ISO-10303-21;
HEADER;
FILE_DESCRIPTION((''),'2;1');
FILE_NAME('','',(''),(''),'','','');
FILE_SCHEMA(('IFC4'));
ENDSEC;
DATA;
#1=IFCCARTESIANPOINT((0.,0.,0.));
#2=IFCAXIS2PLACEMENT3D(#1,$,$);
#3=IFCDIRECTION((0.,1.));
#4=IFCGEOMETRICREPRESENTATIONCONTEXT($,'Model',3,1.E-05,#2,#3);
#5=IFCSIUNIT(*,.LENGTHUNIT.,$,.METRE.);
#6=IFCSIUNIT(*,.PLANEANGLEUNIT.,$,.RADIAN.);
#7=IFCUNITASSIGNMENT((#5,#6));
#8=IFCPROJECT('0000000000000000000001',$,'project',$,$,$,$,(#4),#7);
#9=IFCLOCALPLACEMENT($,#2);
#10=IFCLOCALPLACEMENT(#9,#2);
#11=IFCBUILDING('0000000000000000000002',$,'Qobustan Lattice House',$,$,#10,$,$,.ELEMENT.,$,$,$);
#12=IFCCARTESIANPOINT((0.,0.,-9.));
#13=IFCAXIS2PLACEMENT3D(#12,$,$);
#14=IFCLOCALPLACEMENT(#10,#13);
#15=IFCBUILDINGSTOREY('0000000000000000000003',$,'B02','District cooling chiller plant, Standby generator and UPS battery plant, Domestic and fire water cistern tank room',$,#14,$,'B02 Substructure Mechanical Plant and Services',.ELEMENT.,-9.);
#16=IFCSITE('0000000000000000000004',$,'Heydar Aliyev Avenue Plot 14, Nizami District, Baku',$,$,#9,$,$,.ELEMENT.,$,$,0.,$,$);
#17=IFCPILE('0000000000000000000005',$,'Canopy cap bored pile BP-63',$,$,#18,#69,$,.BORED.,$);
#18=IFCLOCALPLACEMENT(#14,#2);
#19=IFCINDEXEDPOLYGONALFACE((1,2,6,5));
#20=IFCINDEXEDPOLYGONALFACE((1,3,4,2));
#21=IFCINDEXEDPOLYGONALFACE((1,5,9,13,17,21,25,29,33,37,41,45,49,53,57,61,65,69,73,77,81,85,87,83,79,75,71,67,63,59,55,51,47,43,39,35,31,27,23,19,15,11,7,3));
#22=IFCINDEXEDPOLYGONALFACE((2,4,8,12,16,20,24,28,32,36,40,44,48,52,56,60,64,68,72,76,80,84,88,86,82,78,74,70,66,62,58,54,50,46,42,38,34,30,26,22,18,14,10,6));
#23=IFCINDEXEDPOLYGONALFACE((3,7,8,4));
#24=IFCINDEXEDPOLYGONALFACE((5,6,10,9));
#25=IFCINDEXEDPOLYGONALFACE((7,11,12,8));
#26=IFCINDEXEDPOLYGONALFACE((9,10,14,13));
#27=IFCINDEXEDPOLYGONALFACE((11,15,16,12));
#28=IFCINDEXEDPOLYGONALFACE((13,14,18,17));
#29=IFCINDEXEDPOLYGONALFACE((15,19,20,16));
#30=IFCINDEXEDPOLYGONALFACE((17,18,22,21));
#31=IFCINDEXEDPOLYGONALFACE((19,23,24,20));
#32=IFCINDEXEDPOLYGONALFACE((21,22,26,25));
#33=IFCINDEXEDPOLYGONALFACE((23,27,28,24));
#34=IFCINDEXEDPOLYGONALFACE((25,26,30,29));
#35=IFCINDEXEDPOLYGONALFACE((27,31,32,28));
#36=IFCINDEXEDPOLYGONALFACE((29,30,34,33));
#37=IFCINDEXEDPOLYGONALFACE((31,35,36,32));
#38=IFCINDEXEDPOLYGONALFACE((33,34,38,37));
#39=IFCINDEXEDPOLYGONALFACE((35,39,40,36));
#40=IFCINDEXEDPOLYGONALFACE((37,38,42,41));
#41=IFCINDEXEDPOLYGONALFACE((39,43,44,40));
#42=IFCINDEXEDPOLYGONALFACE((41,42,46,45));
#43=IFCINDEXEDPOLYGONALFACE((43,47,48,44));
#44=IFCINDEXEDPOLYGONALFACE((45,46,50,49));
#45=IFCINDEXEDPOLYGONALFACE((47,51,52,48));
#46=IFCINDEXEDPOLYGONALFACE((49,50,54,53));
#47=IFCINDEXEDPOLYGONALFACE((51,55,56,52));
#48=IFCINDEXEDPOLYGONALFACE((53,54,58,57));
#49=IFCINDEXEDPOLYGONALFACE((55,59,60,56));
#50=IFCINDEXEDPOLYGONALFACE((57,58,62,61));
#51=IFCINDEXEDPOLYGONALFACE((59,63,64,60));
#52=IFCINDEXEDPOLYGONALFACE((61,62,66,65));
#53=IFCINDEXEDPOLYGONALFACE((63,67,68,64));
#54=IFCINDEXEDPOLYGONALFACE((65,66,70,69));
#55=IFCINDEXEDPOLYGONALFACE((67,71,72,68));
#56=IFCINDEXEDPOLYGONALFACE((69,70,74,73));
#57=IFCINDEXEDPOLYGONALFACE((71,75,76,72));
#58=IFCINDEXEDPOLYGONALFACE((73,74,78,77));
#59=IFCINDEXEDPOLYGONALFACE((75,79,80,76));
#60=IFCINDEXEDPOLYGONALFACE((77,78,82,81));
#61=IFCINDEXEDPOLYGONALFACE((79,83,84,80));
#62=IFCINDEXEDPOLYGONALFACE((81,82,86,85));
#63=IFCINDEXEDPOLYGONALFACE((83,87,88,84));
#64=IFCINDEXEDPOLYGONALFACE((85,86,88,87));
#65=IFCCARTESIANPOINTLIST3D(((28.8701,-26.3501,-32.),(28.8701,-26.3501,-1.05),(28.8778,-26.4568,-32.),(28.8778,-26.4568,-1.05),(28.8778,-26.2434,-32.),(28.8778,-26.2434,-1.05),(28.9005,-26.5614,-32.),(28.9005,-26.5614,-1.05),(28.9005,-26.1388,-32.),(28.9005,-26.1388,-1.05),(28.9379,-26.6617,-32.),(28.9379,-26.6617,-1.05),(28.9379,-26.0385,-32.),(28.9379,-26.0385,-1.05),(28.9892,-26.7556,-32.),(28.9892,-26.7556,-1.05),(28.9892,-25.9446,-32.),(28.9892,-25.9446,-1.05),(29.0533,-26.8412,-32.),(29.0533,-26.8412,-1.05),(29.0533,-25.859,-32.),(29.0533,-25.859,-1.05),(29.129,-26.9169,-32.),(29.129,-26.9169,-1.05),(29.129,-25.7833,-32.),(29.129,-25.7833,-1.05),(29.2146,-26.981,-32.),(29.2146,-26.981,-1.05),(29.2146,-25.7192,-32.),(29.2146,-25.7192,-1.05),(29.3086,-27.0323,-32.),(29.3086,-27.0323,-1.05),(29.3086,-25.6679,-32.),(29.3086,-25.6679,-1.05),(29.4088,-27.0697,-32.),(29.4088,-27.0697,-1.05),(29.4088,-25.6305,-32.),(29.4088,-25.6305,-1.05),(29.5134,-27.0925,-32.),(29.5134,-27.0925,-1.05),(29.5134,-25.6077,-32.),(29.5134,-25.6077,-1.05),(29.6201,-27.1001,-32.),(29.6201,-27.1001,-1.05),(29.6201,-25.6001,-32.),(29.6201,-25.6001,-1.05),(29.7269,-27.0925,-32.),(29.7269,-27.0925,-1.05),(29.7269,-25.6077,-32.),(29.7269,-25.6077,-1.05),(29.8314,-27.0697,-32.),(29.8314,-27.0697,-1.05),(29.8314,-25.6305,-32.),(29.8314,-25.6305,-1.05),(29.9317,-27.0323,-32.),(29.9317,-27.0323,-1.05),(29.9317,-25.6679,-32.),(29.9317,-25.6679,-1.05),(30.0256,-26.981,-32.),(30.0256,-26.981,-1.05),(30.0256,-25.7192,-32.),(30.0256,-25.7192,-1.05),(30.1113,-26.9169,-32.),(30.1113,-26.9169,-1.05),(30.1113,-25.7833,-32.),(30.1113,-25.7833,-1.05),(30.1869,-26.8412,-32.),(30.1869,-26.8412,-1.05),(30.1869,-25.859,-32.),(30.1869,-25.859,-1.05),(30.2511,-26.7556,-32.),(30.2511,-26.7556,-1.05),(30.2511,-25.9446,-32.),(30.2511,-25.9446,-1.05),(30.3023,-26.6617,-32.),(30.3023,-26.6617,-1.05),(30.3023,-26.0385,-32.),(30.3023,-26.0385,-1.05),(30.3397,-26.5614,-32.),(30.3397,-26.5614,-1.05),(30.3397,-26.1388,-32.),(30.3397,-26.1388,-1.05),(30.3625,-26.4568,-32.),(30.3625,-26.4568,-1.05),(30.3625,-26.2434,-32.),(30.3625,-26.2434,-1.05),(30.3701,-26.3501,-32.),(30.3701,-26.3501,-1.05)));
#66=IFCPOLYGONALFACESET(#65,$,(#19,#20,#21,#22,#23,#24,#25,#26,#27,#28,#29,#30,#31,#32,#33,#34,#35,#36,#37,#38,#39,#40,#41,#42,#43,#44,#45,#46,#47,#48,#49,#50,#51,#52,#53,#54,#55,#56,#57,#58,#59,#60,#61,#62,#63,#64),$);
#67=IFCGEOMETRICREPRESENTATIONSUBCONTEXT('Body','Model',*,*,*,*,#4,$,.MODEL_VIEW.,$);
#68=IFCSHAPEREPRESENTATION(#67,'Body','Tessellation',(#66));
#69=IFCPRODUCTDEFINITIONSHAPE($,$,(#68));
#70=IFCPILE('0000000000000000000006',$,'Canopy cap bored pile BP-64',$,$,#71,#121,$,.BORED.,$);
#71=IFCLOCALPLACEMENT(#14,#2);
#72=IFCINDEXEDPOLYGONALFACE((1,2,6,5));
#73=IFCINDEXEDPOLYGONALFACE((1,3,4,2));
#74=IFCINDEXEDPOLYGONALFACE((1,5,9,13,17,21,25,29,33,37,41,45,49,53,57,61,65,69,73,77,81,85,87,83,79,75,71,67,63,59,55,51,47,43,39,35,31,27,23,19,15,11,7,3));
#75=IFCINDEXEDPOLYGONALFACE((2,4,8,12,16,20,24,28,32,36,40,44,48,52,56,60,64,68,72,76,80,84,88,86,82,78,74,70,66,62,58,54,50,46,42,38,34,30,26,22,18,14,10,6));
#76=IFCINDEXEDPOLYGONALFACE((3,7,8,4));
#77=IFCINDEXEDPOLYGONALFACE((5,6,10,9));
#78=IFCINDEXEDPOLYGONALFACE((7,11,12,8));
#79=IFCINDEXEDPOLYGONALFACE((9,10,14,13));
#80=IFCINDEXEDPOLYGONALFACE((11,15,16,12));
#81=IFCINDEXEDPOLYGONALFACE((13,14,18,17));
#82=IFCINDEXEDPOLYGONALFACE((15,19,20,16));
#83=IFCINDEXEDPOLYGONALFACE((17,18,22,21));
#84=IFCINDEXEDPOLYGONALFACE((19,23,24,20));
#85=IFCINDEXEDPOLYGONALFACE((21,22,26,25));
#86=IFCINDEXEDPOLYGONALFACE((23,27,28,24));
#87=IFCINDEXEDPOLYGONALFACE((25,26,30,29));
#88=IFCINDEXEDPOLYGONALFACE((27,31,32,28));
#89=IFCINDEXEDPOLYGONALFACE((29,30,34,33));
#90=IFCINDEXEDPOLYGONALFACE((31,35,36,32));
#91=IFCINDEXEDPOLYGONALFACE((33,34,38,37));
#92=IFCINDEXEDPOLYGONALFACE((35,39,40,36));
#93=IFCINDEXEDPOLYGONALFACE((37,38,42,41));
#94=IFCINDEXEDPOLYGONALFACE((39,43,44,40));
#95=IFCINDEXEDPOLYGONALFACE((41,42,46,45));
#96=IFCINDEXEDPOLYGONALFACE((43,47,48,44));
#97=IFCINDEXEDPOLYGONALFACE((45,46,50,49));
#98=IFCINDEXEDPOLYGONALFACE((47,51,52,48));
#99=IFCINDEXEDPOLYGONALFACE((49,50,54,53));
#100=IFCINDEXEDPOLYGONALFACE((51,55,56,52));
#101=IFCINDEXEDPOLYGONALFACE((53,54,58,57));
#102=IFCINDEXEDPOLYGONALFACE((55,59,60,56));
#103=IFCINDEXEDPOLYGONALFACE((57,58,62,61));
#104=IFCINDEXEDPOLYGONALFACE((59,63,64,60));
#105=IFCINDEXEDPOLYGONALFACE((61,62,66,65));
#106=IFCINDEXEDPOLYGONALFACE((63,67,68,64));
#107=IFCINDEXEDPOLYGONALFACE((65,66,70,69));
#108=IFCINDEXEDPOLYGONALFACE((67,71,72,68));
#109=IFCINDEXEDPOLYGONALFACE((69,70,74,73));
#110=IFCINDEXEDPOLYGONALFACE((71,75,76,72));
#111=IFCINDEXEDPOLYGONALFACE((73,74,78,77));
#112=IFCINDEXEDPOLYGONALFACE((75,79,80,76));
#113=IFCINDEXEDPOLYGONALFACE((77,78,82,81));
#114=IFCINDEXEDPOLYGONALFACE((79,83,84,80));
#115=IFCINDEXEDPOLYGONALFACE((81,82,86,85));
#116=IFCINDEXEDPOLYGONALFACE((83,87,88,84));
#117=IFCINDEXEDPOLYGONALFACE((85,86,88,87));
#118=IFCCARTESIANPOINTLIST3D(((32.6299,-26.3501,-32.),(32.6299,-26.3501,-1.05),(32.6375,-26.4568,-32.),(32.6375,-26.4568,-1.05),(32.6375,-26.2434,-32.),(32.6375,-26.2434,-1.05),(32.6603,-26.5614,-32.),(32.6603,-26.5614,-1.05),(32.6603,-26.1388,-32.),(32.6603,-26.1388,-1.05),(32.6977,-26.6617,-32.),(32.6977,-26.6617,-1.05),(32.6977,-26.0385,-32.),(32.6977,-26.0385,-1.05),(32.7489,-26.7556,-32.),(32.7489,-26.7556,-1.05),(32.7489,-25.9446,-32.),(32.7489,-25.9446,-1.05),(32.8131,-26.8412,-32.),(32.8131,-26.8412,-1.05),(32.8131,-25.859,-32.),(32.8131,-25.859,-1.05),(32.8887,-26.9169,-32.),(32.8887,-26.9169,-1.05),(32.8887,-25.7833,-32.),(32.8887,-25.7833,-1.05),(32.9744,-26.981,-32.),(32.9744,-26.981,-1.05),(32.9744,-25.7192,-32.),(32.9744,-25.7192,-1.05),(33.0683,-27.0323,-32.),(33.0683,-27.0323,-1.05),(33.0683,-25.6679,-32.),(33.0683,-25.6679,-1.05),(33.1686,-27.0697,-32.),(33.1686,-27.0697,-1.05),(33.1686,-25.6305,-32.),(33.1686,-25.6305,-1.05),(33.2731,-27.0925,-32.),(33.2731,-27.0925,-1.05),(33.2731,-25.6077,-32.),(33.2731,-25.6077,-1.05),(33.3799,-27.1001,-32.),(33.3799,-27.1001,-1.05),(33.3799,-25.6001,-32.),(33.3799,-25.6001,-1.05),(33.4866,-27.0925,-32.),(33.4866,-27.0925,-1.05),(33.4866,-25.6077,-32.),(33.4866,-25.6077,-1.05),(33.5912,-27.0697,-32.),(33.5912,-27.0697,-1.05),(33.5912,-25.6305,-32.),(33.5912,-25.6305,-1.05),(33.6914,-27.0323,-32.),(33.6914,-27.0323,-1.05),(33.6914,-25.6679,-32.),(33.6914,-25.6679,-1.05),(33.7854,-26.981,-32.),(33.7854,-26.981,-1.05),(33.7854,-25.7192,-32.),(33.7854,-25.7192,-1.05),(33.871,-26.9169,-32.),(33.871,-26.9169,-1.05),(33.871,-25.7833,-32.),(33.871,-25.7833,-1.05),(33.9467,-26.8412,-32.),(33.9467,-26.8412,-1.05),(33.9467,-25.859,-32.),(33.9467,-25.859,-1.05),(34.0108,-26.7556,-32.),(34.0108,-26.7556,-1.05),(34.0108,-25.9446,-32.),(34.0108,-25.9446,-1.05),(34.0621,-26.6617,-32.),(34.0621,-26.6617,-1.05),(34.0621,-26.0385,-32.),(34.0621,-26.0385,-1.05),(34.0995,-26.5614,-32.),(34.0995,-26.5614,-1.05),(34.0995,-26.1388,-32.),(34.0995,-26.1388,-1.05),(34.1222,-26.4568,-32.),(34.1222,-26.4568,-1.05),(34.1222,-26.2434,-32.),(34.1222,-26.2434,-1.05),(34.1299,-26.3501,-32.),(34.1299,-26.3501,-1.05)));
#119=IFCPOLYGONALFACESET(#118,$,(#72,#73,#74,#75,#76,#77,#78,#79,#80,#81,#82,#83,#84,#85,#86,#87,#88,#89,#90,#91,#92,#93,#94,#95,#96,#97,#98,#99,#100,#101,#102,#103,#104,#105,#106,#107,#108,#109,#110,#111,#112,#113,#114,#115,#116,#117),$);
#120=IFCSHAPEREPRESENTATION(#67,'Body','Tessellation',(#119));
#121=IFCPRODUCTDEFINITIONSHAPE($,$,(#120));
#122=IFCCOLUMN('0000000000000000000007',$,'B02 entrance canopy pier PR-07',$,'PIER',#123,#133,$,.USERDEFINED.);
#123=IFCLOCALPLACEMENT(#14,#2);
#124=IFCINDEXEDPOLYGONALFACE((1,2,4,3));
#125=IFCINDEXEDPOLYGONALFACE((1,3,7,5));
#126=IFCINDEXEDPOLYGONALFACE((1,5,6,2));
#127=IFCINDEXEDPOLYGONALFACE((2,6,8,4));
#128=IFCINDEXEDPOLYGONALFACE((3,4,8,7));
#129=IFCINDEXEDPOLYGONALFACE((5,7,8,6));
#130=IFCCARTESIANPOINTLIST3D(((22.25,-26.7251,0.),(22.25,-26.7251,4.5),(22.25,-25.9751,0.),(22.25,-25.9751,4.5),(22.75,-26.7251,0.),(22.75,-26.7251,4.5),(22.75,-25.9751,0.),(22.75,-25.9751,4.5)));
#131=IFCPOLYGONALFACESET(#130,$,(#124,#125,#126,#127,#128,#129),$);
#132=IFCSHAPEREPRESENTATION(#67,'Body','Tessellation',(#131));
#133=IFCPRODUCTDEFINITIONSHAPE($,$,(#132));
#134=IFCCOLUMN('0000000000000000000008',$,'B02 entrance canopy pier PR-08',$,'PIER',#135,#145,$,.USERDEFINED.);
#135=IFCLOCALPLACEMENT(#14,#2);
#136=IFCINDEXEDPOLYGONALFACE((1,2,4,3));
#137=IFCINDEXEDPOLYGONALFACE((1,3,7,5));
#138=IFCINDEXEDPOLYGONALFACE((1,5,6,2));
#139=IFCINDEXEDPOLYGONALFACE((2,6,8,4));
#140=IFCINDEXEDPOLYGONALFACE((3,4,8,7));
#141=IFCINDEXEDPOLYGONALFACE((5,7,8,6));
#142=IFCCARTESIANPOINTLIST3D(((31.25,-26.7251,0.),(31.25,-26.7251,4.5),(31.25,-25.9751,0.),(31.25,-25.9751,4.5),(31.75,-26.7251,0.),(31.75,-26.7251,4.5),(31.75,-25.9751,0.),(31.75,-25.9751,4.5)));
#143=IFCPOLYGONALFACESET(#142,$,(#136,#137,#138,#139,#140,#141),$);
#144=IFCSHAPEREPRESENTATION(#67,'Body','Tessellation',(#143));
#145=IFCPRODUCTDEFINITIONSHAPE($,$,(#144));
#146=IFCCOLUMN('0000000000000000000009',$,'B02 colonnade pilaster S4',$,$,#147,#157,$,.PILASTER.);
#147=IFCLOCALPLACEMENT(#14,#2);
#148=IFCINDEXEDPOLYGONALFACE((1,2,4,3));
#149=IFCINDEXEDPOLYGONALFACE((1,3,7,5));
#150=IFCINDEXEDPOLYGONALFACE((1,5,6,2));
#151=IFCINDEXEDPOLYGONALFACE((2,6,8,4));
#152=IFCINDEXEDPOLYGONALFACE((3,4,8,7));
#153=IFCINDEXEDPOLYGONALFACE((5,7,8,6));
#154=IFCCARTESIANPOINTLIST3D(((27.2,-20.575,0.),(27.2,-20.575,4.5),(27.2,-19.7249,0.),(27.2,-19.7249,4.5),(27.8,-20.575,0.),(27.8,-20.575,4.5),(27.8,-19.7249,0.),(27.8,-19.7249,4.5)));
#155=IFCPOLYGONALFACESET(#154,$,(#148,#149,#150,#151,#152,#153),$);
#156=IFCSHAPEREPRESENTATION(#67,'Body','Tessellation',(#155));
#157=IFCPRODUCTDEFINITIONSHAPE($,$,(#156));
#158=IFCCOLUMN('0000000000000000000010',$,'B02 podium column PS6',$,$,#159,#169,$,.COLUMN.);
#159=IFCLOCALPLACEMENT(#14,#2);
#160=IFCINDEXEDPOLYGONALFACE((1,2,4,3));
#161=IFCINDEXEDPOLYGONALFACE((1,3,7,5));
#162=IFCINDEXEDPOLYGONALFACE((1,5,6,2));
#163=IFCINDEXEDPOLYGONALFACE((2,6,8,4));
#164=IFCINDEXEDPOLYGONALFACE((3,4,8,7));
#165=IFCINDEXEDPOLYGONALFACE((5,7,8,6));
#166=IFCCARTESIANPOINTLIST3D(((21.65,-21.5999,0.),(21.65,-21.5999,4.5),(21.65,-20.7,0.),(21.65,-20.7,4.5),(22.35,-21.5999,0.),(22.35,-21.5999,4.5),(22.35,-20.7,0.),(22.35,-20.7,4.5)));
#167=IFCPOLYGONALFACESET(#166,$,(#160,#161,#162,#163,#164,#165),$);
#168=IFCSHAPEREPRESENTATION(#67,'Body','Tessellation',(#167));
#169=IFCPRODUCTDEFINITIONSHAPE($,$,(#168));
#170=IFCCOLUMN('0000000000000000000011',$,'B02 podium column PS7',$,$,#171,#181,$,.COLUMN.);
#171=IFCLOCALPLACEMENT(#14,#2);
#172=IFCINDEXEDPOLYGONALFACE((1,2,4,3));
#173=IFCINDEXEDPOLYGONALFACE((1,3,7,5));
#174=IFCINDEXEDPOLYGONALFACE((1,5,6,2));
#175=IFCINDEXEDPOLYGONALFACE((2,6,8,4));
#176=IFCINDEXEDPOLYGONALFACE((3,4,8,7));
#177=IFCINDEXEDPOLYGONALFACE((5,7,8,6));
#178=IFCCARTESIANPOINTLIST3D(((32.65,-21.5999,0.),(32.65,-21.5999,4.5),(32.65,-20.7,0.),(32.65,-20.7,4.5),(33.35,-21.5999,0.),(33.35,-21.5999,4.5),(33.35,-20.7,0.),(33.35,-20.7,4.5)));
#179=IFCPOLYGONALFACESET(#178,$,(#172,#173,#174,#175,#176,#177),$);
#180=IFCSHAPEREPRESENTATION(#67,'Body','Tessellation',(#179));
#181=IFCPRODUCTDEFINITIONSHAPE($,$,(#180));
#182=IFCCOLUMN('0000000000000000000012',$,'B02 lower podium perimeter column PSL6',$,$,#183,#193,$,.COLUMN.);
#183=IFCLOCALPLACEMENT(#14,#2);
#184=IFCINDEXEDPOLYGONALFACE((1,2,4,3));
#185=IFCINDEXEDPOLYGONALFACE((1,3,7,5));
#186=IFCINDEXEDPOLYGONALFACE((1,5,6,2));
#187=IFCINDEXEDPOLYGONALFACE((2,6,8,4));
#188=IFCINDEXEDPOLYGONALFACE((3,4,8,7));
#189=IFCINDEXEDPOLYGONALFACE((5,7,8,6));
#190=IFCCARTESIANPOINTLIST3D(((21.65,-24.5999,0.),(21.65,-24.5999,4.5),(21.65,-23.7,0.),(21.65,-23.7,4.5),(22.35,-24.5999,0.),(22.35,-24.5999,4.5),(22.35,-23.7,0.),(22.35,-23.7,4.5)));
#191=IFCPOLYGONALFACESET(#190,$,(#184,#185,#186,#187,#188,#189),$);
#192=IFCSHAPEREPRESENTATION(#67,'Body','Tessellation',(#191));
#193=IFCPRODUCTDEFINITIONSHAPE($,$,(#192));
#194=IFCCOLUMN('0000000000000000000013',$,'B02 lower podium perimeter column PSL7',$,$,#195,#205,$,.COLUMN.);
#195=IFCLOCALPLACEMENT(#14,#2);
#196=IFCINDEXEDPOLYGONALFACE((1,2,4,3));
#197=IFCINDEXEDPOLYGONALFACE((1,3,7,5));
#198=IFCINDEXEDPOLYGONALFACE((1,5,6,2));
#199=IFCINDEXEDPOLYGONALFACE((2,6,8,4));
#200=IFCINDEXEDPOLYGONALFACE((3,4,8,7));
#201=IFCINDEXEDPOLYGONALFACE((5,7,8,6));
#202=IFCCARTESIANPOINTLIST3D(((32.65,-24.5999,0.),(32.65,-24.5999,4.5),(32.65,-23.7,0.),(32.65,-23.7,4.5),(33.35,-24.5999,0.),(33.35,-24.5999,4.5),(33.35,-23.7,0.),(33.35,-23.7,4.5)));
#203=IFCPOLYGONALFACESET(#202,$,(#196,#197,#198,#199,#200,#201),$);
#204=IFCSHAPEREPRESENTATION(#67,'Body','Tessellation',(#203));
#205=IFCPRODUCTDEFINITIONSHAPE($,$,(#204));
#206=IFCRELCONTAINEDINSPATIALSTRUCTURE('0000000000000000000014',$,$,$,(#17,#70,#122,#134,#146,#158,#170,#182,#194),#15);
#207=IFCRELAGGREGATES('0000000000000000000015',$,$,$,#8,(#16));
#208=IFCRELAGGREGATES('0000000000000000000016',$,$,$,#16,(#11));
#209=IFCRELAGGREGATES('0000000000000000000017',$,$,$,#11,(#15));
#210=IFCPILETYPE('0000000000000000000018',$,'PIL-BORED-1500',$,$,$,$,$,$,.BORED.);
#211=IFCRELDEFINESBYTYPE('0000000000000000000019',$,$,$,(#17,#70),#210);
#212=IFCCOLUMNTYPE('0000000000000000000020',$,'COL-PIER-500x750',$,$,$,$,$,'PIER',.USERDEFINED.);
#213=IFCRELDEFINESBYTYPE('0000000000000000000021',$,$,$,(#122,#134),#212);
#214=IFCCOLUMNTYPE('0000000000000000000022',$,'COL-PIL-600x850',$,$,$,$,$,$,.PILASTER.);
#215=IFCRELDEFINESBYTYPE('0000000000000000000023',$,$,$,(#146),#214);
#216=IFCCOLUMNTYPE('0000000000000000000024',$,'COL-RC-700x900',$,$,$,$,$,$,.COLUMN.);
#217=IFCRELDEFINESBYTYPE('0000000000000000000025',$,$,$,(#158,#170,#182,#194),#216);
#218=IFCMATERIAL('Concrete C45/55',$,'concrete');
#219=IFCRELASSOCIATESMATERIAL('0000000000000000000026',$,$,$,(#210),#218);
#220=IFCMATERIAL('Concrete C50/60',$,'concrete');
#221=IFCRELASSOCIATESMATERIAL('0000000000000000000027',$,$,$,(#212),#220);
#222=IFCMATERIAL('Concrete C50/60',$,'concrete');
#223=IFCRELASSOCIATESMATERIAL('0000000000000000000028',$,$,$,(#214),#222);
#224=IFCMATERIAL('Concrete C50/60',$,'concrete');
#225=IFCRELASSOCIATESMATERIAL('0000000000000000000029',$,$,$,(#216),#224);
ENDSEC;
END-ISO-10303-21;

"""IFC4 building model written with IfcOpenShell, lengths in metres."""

from ifc_helpers import new_model, si_unit, direction, frame, origin, origin_2d, place, context, subcontext, project, spatial, rectangle, circle, extrude, material, material_profile, profile_set, type_object, element, save


model = new_model("IFC4")

# Units and contexts
model_context = context("Model", 3, precision=1e-05, world=origin(), true_north=direction((0.0, 1.0)))
body_context = subcontext(model_context, "Body", "Model", "MODEL_VIEW")
ifc_project = project(units=[si_unit("LENGTHUNIT", "METRE"), si_unit("PLANEANGLEUNIT", "RADIAN")], contexts=[model_context])

# Site, building, storey
site_placement = place(None, origin())
site = spatial("IfcSite", under=ifc_project, at=site_placement, Name="Heydar Aliyev Avenue Plot 14, Nizami District, Baku", CompositionType="ELEMENT", RefElevation=0.0)
building_placement = place(site_placement, origin())
building = spatial("IfcBuilding", under=site, at=building_placement, Name="Qobustan Lattice House", CompositionType="ELEMENT")
storey_placement = place(building_placement, frame((0.0, 0.0, -9.0)))
storey = spatial("IfcBuildingStorey", under=building, at=storey_placement, Name="B02", Description="District cooling chiller plant, Standby generator and UPS battery plant, Domestic and fire water cistern tank room", LongName="B02 Substructure Mechanical Plant and Services", CompositionType="ELEMENT", Elevation=-9.0)

# Piles
ifc_material_1 = material(Name="Concrete C45/55", Category="concrete")
ifc_material_profile_1 = material_profile(ifc_material_1, circle(Radius=0.75, at=origin_2d()), Name="PILE-D1500")
ifc_profile_set_1 = profile_set([ifc_material_profile_1], Name="Concrete C45/55")
pile_type = type_object("IfcPileType", Name="PIL-BORED-1500", PredefinedType="BORED", material=ifc_profile_set_1)
for number, where, z_axis, x_axis, name in (
    (1, (29.6201, -26.3501, -1.05), (0.0, 0.0, -1.0), (1.0, 0.0, 0.0), "Canopy cap bored pile BP-63"),
    (2, (33.3799, -26.3501, -1.05), (0.0, 0.0, -1.0), (1.0, 0.0, 0.0), "Canopy cap bored pile BP-64"),
):
    element("IfcPile", number, at=place(storey_placement, frame(where, z_axis=z_axis, x_axis=x_axis)), inside=storey, type_object=pile_type, Name=name, PredefinedType="BORED", context=body_context, shape_type="SweptSolid", body=[
        extrude(circle(Radius=0.75, at=origin_2d()), origin(), (0.0, 0.0, 1.0), 30.95),
    ])

# Columns
ifc_material_2 = material(Name="Concrete C50/60", Category="concrete")
ifc_material_profile_2 = material_profile(ifc_material_2, rectangle(XDim=0.5, YDim=0.75, at=origin_2d()), Name="RC500x750")
ifc_profile_set_2 = profile_set([ifc_material_profile_2], Name="Concrete C50/60")
column_type_1 = type_object("IfcColumnType", Name="COL-PIER-500x750", ElementType="PIER", PredefinedType="USERDEFINED", material=ifc_profile_set_2)
for number, where, z_axis, x_axis, name in (
    (3, (22.5, -26.3501, 0.0), (0.0, 0.0, 1.0), (1.0, 0.0, 0.0), "B02 entrance canopy pier PR-07"),
    (4, (31.5, -26.3501, 0.0), (0.0, 0.0, 1.0), (1.0, 0.0, 0.0), "B02 entrance canopy pier PR-08"),
):
    element("IfcColumn", number, at=place(storey_placement, frame(where, z_axis=z_axis, x_axis=x_axis)), inside=storey, type_object=column_type_1, Name=name, ObjectType="PIER", PredefinedType="USERDEFINED", context=body_context, shape_type="SweptSolid", body=[
        extrude(rectangle(XDim=0.5, YDim=0.75, at=origin_2d()), origin(), (0.0, 0.0, 1.0), 4.5),
    ])
ifc_material_3 = material(Name="Concrete C50/60", Category="concrete")
ifc_material_profile_3 = material_profile(ifc_material_3, rectangle(XDim=0.6001, YDim=0.8501, at=origin_2d()), Name="RC600x850")
ifc_profile_set_3 = profile_set([ifc_material_profile_3], Name="Concrete C50/60")
column_type_2 = type_object("IfcColumnType", Name="COL-PIL-600x850", PredefinedType="PILASTER", material=ifc_profile_set_3)
column_1_placement = place(storey_placement, frame((27.5, -20.1499, 0.0), z_axis=(0.0, 0.0, 1.0), x_axis=(1.0, 0.0, 0.0)))
element("IfcColumn", 5, at=column_1_placement, inside=storey, type_object=column_type_2, Name="B02 colonnade pilaster S4", PredefinedType="PILASTER", context=body_context, shape_type="SweptSolid", body=[
    extrude(rectangle(XDim=0.6001, YDim=0.8501, at=origin_2d()), origin(), (0.0, 0.0, 1.0), 4.5),
])
ifc_material_4 = material(Name="Concrete C50/60", Category="concrete")
ifc_material_profile_4 = material_profile(ifc_material_4, rectangle(XDim=0.7, YDim=0.8999, at=origin_2d()), Name="RC700x900")
ifc_profile_set_4 = profile_set([ifc_material_profile_4], Name="Concrete C50/60")
column_type_3 = type_object("IfcColumnType", Name="COL-RC-700x900", PredefinedType="COLUMN", material=ifc_profile_set_4)
for number, where, z_axis, x_axis, name in (
    (6, (22.0, -21.1499, 0.0), (0.0, 0.0, 1.0), (1.0, 0.0, 0.0), "B02 podium column PS6"),
    (7, (33.0, -21.1499, 0.0), (0.0, 0.0, 1.0), (1.0, 0.0, 0.0), "B02 podium column PS7"),
    (8, (22.0, -24.1499, 0.0), (0.0, 0.0, 1.0), (1.0, 0.0, 0.0), "B02 lower podium perimeter column PSL6"),
    (9, (33.0, -24.1499, 0.0), (0.0, 0.0, 1.0), (1.0, 0.0, 0.0), "B02 lower podium perimeter column PSL7"),
):
    element("IfcColumn", number, at=place(storey_placement, frame(where, z_axis=z_axis, x_axis=x_axis)), inside=storey, type_object=column_type_3, Name=name, PredefinedType="COLUMN", context=body_context, shape_type="SweptSolid", body=[
        extrude(rectangle(XDim=0.7, YDim=0.8999, at=origin_2d()), origin(), (0.0, 0.0, 1.0), 4.5),
    ])

save(model, "model.ifc")
